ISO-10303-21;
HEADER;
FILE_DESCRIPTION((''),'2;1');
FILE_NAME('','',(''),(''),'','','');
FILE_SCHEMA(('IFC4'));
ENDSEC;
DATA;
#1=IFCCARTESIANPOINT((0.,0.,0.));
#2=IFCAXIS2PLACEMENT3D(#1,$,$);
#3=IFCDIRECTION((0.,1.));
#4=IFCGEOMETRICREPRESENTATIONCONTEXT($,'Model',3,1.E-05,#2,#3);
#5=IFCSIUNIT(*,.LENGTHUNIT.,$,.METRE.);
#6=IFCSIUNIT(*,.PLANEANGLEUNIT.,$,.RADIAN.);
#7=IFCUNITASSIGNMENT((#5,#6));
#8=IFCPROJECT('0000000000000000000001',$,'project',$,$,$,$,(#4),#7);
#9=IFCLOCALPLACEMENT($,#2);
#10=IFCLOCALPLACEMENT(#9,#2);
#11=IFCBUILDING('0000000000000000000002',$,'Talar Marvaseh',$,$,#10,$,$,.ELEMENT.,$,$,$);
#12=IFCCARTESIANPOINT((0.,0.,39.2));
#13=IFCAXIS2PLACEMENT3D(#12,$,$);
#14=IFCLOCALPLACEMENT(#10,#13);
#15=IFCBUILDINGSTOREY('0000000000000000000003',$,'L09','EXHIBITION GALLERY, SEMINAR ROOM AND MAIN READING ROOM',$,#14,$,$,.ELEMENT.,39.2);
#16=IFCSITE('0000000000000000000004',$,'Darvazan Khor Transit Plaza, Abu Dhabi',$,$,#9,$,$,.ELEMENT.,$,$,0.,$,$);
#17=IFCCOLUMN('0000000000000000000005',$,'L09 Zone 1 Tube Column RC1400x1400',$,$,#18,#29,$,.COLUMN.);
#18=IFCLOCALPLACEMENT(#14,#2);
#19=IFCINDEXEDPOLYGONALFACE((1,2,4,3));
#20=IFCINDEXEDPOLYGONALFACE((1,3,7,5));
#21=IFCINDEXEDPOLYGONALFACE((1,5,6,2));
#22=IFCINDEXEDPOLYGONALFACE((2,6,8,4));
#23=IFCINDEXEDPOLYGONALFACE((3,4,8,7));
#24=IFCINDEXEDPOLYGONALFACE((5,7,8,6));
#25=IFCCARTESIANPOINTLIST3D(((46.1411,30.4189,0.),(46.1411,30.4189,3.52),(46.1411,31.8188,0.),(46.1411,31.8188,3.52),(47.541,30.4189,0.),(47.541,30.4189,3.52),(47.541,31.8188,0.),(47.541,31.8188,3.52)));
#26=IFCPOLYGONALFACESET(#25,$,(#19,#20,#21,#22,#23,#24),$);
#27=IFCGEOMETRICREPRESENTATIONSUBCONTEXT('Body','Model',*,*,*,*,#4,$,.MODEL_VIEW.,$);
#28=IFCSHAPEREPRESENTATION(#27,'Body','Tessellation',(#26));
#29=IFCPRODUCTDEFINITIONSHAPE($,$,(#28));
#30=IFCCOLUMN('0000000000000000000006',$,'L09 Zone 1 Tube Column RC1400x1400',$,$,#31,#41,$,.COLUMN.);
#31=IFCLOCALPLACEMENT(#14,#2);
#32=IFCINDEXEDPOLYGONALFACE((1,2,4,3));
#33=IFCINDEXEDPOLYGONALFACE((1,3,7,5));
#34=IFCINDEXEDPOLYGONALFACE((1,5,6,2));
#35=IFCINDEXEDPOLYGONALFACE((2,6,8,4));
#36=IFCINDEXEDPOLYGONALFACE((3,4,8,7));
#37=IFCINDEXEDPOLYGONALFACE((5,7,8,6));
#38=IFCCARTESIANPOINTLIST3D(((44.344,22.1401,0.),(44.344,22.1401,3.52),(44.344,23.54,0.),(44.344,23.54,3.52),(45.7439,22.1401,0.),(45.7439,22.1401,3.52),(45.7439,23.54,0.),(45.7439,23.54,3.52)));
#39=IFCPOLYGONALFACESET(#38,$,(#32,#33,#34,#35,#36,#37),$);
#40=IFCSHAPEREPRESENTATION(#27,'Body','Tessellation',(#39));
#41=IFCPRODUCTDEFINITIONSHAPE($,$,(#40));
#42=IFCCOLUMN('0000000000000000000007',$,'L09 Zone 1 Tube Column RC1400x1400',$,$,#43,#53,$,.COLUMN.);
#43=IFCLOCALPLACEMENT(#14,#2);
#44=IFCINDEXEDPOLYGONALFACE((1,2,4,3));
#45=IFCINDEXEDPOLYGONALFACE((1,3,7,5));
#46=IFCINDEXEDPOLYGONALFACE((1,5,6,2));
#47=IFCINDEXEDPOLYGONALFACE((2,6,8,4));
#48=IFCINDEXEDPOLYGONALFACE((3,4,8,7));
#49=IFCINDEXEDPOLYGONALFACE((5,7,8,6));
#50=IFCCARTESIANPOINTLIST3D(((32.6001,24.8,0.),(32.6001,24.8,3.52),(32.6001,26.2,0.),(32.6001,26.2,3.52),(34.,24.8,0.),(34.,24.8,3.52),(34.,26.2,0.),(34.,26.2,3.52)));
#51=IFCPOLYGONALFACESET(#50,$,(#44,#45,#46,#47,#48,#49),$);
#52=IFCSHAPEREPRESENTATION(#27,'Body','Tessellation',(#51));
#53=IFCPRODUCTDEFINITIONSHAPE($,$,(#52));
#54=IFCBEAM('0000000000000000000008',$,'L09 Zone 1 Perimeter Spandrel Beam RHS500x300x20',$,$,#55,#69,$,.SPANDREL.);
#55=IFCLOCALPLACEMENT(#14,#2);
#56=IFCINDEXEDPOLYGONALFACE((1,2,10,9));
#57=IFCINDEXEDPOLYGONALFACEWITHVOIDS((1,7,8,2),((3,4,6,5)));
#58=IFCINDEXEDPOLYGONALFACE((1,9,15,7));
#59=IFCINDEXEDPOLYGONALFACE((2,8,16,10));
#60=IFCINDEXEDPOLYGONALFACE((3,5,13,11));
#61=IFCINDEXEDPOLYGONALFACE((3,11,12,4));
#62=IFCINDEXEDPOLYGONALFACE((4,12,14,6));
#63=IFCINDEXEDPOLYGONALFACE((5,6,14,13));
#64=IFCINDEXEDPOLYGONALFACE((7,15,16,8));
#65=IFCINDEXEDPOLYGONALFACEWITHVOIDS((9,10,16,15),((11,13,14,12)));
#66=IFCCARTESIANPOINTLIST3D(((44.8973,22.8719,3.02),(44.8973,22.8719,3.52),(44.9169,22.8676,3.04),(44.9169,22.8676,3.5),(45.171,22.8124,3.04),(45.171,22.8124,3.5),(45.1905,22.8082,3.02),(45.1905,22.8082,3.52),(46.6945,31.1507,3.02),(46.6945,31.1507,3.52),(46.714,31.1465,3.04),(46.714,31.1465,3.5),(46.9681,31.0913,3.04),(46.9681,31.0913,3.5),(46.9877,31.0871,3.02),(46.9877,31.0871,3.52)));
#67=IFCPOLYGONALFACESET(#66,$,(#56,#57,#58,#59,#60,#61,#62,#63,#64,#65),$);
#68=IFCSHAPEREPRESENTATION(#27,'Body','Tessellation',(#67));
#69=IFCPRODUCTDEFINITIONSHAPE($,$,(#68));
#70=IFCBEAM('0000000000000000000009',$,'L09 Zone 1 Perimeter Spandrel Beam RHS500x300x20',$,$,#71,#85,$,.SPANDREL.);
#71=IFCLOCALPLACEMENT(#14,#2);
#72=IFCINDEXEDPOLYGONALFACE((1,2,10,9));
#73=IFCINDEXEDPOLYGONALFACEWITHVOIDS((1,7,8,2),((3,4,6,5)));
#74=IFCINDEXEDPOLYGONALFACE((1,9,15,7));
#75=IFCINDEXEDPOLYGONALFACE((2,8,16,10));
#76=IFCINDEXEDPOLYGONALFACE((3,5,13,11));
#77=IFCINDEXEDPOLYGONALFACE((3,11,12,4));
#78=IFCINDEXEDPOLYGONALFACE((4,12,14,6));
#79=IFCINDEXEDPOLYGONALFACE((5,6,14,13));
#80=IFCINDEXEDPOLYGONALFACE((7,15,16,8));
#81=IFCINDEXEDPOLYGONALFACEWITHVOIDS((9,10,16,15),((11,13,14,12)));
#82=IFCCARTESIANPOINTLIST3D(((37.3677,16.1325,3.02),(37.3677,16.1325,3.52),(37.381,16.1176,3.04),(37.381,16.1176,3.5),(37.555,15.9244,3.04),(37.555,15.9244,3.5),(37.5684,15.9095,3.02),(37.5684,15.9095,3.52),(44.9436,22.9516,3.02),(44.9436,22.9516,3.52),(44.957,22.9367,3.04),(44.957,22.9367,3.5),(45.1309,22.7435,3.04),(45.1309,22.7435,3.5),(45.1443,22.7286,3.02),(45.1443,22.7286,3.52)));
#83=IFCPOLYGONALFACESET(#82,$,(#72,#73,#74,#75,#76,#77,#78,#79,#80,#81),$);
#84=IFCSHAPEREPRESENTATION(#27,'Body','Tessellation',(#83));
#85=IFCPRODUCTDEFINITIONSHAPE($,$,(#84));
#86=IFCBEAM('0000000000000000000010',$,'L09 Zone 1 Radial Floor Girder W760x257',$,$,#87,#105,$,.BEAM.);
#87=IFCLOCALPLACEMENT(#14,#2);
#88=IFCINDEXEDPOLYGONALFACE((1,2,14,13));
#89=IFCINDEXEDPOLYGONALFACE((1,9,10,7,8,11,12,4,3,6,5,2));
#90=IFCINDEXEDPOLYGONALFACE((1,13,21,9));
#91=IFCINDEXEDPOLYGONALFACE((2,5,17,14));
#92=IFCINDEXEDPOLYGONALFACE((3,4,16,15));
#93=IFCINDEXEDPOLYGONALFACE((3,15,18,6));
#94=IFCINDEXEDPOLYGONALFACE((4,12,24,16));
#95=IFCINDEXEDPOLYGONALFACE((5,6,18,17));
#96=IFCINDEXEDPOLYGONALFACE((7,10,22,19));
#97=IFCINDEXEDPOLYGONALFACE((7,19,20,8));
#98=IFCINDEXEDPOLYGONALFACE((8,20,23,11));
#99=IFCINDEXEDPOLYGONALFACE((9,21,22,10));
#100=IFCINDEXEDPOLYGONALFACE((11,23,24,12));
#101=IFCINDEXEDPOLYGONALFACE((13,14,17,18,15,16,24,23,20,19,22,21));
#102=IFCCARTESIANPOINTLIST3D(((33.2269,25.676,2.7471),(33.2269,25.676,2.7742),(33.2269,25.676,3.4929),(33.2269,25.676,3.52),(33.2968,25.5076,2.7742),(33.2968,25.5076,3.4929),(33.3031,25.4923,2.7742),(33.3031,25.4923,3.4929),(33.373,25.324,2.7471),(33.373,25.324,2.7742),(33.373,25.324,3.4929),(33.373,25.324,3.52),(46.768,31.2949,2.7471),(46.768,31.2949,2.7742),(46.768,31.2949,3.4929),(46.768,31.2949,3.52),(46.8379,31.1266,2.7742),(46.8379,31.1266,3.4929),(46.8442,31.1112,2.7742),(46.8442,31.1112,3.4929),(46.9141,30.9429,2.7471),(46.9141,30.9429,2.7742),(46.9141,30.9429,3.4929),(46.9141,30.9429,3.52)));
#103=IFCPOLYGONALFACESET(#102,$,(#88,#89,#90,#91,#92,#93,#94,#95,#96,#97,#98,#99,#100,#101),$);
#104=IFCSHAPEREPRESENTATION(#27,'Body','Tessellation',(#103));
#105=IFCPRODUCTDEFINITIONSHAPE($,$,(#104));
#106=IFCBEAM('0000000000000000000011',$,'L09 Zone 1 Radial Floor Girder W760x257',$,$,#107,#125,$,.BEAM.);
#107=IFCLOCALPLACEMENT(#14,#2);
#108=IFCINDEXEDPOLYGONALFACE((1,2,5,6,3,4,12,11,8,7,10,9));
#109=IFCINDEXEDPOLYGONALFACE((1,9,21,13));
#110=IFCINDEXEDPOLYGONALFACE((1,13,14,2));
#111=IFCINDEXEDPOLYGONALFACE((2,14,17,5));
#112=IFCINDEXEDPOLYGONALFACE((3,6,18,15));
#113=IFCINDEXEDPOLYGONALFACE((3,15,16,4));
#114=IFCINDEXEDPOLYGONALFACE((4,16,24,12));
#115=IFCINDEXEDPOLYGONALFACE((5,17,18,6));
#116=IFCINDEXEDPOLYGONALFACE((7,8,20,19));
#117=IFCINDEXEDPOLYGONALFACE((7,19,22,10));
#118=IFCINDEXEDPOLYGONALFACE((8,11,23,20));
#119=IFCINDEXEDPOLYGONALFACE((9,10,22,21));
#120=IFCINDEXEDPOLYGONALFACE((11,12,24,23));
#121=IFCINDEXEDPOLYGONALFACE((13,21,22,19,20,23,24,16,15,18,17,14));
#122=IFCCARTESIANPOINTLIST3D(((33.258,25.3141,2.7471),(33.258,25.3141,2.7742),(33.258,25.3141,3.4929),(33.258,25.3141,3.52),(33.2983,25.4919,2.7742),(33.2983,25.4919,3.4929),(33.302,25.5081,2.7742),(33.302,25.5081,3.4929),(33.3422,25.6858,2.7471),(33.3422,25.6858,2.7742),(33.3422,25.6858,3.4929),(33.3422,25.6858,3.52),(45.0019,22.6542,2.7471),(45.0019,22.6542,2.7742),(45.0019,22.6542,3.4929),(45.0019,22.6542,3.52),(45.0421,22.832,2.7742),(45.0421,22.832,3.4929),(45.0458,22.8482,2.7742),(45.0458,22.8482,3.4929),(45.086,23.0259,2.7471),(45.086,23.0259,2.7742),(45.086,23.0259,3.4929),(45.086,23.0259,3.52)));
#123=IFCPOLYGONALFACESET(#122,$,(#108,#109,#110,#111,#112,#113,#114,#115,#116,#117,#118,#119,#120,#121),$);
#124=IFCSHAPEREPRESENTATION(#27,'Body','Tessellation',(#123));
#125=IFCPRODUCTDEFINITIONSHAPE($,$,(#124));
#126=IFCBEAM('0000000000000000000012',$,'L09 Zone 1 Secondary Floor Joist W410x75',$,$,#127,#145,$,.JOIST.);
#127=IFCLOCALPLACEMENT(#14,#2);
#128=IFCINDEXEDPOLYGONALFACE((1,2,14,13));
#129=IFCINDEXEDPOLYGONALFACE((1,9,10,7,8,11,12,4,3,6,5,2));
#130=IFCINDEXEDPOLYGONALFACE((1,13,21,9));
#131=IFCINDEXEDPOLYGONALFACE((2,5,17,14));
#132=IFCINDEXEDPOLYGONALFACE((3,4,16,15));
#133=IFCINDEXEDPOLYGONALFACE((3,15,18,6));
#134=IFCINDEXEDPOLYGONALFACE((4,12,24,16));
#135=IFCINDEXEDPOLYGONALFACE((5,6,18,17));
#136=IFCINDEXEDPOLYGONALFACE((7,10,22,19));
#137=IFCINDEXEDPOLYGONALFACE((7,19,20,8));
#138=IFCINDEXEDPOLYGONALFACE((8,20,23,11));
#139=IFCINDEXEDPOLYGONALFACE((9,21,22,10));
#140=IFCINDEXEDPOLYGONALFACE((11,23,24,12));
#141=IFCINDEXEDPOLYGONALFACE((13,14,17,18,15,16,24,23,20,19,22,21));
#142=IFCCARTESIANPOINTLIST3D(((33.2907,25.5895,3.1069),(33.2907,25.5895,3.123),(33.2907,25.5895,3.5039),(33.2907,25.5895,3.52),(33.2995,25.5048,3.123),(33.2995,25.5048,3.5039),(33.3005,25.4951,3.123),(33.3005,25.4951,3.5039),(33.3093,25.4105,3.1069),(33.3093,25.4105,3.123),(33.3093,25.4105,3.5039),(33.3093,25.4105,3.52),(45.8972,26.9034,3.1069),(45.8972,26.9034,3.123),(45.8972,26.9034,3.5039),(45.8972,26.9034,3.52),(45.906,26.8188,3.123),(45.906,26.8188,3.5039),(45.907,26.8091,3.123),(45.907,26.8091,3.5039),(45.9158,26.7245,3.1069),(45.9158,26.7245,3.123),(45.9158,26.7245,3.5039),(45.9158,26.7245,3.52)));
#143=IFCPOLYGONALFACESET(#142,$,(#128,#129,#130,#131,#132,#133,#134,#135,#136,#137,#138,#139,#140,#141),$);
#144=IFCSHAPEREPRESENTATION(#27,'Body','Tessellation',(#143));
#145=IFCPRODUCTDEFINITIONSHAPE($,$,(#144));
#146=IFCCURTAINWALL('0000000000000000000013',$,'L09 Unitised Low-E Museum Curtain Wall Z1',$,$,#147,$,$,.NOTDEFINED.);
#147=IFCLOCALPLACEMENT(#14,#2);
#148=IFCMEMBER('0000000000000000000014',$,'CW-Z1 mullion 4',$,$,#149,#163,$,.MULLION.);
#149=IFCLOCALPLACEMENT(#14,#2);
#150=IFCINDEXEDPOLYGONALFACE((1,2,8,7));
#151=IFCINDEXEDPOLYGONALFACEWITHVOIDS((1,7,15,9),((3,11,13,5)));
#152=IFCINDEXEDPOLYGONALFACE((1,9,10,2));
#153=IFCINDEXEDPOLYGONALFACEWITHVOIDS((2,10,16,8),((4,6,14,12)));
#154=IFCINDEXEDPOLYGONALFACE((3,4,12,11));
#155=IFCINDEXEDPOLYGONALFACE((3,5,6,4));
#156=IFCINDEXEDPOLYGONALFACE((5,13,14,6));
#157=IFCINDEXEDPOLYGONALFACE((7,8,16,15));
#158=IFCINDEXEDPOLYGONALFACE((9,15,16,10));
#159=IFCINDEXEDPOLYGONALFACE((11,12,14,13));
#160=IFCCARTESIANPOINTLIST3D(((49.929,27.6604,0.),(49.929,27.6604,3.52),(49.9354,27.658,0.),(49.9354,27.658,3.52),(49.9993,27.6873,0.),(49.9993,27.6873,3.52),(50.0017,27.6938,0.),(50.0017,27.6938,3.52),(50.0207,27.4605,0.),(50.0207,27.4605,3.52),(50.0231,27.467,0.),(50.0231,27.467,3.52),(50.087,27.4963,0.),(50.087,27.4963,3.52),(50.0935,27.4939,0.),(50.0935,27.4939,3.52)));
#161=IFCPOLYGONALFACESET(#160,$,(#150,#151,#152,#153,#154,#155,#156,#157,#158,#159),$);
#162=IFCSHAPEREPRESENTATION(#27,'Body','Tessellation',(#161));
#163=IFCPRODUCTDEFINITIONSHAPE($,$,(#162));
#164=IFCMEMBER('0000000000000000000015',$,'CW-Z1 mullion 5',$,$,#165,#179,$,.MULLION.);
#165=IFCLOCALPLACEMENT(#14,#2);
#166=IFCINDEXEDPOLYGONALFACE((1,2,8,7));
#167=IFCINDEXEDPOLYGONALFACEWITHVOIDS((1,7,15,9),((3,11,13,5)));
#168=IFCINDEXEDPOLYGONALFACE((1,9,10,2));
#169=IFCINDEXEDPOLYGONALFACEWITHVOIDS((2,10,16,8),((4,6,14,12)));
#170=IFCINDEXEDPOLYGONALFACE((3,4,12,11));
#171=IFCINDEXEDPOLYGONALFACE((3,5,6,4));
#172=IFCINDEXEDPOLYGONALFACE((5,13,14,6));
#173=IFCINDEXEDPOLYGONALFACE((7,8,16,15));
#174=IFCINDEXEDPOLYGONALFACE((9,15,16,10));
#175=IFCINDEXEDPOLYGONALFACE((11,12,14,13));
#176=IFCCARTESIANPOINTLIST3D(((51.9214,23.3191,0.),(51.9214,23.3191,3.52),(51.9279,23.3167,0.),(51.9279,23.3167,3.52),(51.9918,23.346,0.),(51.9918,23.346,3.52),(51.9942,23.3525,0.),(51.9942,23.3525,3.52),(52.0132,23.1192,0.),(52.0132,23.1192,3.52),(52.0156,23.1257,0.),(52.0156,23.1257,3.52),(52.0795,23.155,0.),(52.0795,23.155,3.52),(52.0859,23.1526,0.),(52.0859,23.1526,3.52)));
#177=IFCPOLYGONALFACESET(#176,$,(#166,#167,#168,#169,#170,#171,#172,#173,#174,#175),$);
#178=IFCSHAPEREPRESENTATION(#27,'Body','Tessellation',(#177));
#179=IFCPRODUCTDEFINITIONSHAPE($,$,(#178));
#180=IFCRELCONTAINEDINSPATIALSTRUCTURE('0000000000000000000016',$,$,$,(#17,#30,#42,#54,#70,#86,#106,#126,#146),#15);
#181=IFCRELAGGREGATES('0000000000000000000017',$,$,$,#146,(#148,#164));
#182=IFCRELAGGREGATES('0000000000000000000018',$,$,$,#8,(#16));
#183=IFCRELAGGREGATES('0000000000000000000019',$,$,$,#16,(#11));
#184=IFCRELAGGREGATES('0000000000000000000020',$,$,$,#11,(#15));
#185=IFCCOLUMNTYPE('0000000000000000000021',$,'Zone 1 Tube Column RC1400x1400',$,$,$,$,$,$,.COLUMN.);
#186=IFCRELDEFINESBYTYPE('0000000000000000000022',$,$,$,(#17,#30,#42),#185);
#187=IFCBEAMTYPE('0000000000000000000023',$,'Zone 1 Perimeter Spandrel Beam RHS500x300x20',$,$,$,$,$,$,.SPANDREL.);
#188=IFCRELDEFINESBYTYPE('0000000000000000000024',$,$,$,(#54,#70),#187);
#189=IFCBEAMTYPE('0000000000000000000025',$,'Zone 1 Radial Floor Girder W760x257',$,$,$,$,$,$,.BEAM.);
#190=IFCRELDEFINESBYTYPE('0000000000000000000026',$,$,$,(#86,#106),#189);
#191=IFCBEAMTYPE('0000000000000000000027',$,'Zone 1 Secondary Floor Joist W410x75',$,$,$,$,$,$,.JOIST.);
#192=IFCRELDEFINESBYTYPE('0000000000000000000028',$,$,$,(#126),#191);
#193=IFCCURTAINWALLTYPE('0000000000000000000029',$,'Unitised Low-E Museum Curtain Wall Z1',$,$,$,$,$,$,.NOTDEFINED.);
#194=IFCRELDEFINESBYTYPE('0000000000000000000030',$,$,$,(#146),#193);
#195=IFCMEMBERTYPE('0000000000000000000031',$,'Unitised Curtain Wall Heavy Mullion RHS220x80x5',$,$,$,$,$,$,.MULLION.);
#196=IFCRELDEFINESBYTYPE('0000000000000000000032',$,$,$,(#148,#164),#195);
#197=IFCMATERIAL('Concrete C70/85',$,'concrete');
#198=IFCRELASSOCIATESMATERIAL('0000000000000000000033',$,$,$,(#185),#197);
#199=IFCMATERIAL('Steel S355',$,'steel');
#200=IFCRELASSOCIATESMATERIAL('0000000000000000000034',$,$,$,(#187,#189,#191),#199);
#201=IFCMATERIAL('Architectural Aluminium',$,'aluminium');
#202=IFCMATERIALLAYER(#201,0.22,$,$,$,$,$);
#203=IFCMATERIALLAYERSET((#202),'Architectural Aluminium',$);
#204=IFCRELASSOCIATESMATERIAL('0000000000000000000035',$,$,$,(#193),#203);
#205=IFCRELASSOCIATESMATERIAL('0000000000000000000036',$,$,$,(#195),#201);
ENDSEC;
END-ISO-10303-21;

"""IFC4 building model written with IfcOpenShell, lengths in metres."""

from ifc_helpers import new_model, si_unit, direction, frame, origin, origin_2d, place, context, subcontext, project, spatial, rectangle, hollow_rectangle, i_section, extrude, source, transform, mapped, material, layer, layer_set, material_profile, profile_set, type_object, type_shapes, element, aggregate, save


model = new_model("IFC4")

# Units and contexts
model_context = context("Model", 3, precision=1e-05, world=origin(), true_north=direction((0.0, 1.0)))
body_context = subcontext(model_context, "Body", "Model", "MODEL_VIEW")
ifc_project = project(units=[si_unit("LENGTHUNIT", "METRE"), si_unit("PLANEANGLEUNIT", "RADIAN")], contexts=[model_context])

# Site, building, storey
site_placement = place(None, origin())
site = spatial("IfcSite", under=ifc_project, at=site_placement, Name="Darvazan Khor Transit Plaza, Abu Dhabi", CompositionType="ELEMENT", RefElevation=0.0)
building_placement = place(site_placement, origin())
building = spatial("IfcBuilding", under=site, at=building_placement, Name="Talar Marvaseh", CompositionType="ELEMENT")
storey_placement = place(building_placement, frame((0.0, 0.0, 39.2)))
storey = spatial("IfcBuildingStorey", under=building, at=storey_placement, Name="L09", Description="EXHIBITION GALLERY, SEMINAR ROOM AND MAIN READING ROOM", CompositionType="ELEMENT", Elevation=39.2)

# Columns
ifc_material_1 = material(Name="Concrete C70/85", Category="concrete")
ifc_material_profile_1 = material_profile(ifc_material_1, rectangle(XDim=1.3999, YDim=1.3999, at=origin_2d()), Name="RC1400x1400")
ifc_profile_set_1 = profile_set([ifc_material_profile_1], Name="Concrete C70/85")
column_type = type_object("IfcColumnType", Name="Zone 1 Tube Column RC1400x1400", PredefinedType="COLUMN", material=ifc_profile_set_1)
for number, where, z_axis, x_axis, name in (
    (1, (46.8411, 31.1189, 0.0), (0.0, 0.0, 1.0), (1.0, 0.0, 0.0), "L09 Zone 1 Tube Column RC1400x1400"),
    (2, (45.0439, 22.8401, 0.0), (0.0, 0.0, 1.0), (1.0, 0.0, 0.0), "L09 Zone 1 Tube Column RC1400x1400"),
    (3, (33.3, 25.5, 0.0), (0.0, 0.0, 1.0), (1.0, 0.0, 0.0), "L09 Zone 1 Tube Column RC1400x1400"),
):
    element("IfcColumn", number, at=place(storey_placement, frame(where, z_axis=z_axis, x_axis=x_axis)), inside=storey, type_object=column_type, Name=name, PredefinedType="COLUMN", context=body_context, shape_type="SweptSolid", body=[
        extrude(rectangle(XDim=1.3999, YDim=1.3999, at=origin_2d()), origin(), (0.0, 0.0, 1.0), 3.52),
    ])

# Beams
ifc_material_2 = material(Name="Steel S355", Category="steel")
ifc_material_profile_2 = material_profile(ifc_material_2, hollow_rectangle(XDim=0.3, YDim=0.5, WallThickness=0.02, at=origin_2d()), Name="RHS500x300x20")
ifc_profile_set_2 = profile_set([ifc_material_profile_2], Name="Steel S355")
beam_type_1 = type_object("IfcBeamType", Name="Zone 1 Perimeter Spandrel Beam RHS500x300x20", PredefinedType="SPANDREL", material=ifc_profile_set_2)
beam_1_placement = place(storey_placement, frame((46.8411, 31.1189, 3.27), z_axis=(-0.212134, -0.977241, 0.0), x_axis=(0.977241, -0.212134, 0.0)))
element("IfcBeam", 4, at=beam_1_placement, inside=storey, type_object=beam_type_1, Name="L09 Zone 1 Perimeter Spandrel Beam RHS500x300x20", PredefinedType="SPANDREL", context=body_context, shape_type="SweptSolid", body=[
    extrude(hollow_rectangle(XDim=0.3, YDim=0.5, WallThickness=0.02, at=origin_2d()), origin(), (0.0, 0.0, 1.0), 8.4717),
])
beam_2_placement = place(storey_placement, frame((45.0439, 22.8401, 3.27), z_axis=(-0.743257, -0.669006, 0.0), x_axis=(0.669006, -0.743257, 0.0)))
element("IfcBeam", 5, at=beam_2_placement, inside=storey, type_object=beam_type_1, Name="L09 Zone 1 Perimeter Spandrel Beam RHS500x300x20", PredefinedType="SPANDREL", context=body_context, shape_type="SweptSolid", body=[
    extrude(hollow_rectangle(XDim=0.3, YDim=0.5, WallThickness=0.02, at=origin_2d()), origin(), (0.0, 0.0, 1.0), 10.1929),
])
ifc_material_profile_3 = material_profile(ifc_material_2, i_section(OverallWidth=0.3811, OverallDepth=0.7729, WebThickness=0.0166, FlangeThickness=0.0271, at=origin_2d()), Name="W760x257")
ifc_profile_set_3 = profile_set([ifc_material_profile_3], Name="Steel S355")
beam_type_2 = type_object("IfcBeamType", Name="Zone 1 Radial Floor Girder W760x257", PredefinedType="BEAM", material=ifc_profile_set_3)
beam_3_placement = place(storey_placement, frame((46.8411, 31.1189, 3.1335), z_axis=(-0.923638, -0.383267, 0.0), x_axis=(0.383267, -0.923638, 0.0)))
element("IfcBeam", 6, at=beam_3_placement, inside=storey, type_object=beam_type_2, Name="L09 Zone 1 Radial Floor Girder W760x257", PredefinedType="BEAM", context=body_context, shape_type="SweptSolid", body=[
    extrude(i_section(OverallWidth=0.3811, OverallDepth=0.7729, WebThickness=0.0166, FlangeThickness=0.0271, at=origin_2d()), origin(), (0.0, 0.0, 1.0), 14.6606),
])
beam_4_placement = place(storey_placement, frame((45.0439, 22.8401, 3.1335), z_axis=(-0.975297, 0.220898, 0.0), x_axis=(-0.220898, -0.975297, 0.0)))
element("IfcBeam", 7, at=beam_4_placement, inside=storey, type_object=beam_type_2, Name="L09 Zone 1 Radial Floor Girder W760x257", PredefinedType="BEAM", context=body_context, shape_type="SweptSolid", body=[
    extrude(i_section(OverallWidth=0.3811, OverallDepth=0.7729, WebThickness=0.0166, FlangeThickness=0.0271, at=origin_2d()), origin(), (0.0, 0.0, 1.0), 12.0413),
])
ifc_material_profile_4 = material_profile(ifc_material_2, i_section(OverallWidth=0.1799, OverallDepth=0.4131, WebThickness=0.0098, FlangeThickness=0.0161, at=origin_2d()), Name="W410x75")
ifc_profile_set_4 = profile_set([ifc_material_profile_4], Name="Steel S355")
beam_type_3 = type_object("IfcBeamType", Name="Zone 1 Secondary Floor Joist W410x75", PredefinedType="JOIST", material=ifc_profile_set_4)
beam_5_placement = place(storey_placement, frame((45.9065, 26.814, 3.3135), z_axis=(-0.994612, -0.103668, 0.0), x_axis=(0.103668, -0.994612, 0.0)))
element("IfcBeam", 8, at=beam_5_placement, inside=storey, type_object=beam_type_3, Name="L09 Zone 1 Secondary Floor Joist W410x75", PredefinedType="JOIST", context=body_context, shape_type="SweptSolid", body=[
    extrude(i_section(OverallWidth=0.1799, OverallDepth=0.4131, WebThickness=0.0098, FlangeThickness=0.0161, at=origin_2d()), origin(), (0.0, 0.0, 1.0), 12.6748),
])

# Curtain wall, members
ifc_material_3 = material(Name="Architectural Aluminium", Category="aluminium")
ifc_layer_1 = layer(ifc_material_3, 0.22)
ifc_layer_set_1 = layer_set([ifc_layer_1], Name="Architectural Aluminium")
curtain_wall_type = type_object("IfcCurtainWallType", Name="Unitised Low-E Museum Curtain Wall Z1", PredefinedType="NOTDEFINED", material=ifc_layer_set_1)
curtain_wall_placement = place(storey_placement, origin())
curtain_wall = element("IfcCurtainWall", 9, at=curtain_wall_placement, inside=storey, type_object=curtain_wall_type, Name="L09 Unitised Low-E Museum Curtain Wall Z1", PredefinedType="NOTDEFINED")
ifc_material_profile_5 = material_profile(ifc_material_3, hollow_rectangle(XDim=0.0801, YDim=0.22, WallThickness=0.0049, at=origin_2d()), Name="RHS220x80x5")
ifc_profile_set_5 = profile_set([ifc_material_profile_5], Name="Architectural Aluminium")
member_type_1 = type_object("IfcMemberType", Name="Unitised Curtain Wall Heavy Mullion RHS220x80x5", PredefinedType="MULLION", material=ifc_profile_set_5)
shared_shape_1 = source(origin(), body_context, "Body", "SweptSolid", [
    extrude(hollow_rectangle(XDim=0.0801, YDim=0.22, WallThickness=0.0049, at=origin_2d()), origin(), (0.0, 0.0, 1.0), 3.52),
])
type_shapes(member_type_1, [shared_shape_1])
member_1_placement = place(storey_placement, frame((50.0112, 27.5771, 0.0), z_axis=(0.0, 0.0, 1.0), x_axis=(0.908845, 0.417135, 0.0)))
member_1 = element("IfcMember", 10, at=member_1_placement, type_object=member_type_1, Name="CW-Z1 mullion 4", PredefinedType="MULLION", context=body_context, shape_type="MappedRepresentation", body=[
    mapped(shared_shape_1, transform((0.0, 0.0, 0.0), x_axis=(1.0, 0.0, 0.0), y_axis=(0.0, 1.0, 0.0), z_axis=(0.0, 0.0, 1.0), scale=1.0)),
])
member_2_placement = place(storey_placement, frame((52.0037, 23.2358, 0.0), z_axis=(0.0, 0.0, 1.0), x_axis=(0.908845, 0.417135, 0.0)))
member_2 = element("IfcMember", 11, at=member_2_placement, type_object=member_type_1, Name="CW-Z1 mullion 5", PredefinedType="MULLION", context=body_context, shape_type="MappedRepresentation", body=[
    mapped(shared_shape_1, transform((0.0, 0.0, 0.0), x_axis=(1.0, 0.0, 0.0), y_axis=(0.0, 1.0, 0.0), z_axis=(0.0, 0.0, 1.0), scale=1.0)),
])
aggregate(curtain_wall, [member_1, member_2])

save(model, "model.ifc")
